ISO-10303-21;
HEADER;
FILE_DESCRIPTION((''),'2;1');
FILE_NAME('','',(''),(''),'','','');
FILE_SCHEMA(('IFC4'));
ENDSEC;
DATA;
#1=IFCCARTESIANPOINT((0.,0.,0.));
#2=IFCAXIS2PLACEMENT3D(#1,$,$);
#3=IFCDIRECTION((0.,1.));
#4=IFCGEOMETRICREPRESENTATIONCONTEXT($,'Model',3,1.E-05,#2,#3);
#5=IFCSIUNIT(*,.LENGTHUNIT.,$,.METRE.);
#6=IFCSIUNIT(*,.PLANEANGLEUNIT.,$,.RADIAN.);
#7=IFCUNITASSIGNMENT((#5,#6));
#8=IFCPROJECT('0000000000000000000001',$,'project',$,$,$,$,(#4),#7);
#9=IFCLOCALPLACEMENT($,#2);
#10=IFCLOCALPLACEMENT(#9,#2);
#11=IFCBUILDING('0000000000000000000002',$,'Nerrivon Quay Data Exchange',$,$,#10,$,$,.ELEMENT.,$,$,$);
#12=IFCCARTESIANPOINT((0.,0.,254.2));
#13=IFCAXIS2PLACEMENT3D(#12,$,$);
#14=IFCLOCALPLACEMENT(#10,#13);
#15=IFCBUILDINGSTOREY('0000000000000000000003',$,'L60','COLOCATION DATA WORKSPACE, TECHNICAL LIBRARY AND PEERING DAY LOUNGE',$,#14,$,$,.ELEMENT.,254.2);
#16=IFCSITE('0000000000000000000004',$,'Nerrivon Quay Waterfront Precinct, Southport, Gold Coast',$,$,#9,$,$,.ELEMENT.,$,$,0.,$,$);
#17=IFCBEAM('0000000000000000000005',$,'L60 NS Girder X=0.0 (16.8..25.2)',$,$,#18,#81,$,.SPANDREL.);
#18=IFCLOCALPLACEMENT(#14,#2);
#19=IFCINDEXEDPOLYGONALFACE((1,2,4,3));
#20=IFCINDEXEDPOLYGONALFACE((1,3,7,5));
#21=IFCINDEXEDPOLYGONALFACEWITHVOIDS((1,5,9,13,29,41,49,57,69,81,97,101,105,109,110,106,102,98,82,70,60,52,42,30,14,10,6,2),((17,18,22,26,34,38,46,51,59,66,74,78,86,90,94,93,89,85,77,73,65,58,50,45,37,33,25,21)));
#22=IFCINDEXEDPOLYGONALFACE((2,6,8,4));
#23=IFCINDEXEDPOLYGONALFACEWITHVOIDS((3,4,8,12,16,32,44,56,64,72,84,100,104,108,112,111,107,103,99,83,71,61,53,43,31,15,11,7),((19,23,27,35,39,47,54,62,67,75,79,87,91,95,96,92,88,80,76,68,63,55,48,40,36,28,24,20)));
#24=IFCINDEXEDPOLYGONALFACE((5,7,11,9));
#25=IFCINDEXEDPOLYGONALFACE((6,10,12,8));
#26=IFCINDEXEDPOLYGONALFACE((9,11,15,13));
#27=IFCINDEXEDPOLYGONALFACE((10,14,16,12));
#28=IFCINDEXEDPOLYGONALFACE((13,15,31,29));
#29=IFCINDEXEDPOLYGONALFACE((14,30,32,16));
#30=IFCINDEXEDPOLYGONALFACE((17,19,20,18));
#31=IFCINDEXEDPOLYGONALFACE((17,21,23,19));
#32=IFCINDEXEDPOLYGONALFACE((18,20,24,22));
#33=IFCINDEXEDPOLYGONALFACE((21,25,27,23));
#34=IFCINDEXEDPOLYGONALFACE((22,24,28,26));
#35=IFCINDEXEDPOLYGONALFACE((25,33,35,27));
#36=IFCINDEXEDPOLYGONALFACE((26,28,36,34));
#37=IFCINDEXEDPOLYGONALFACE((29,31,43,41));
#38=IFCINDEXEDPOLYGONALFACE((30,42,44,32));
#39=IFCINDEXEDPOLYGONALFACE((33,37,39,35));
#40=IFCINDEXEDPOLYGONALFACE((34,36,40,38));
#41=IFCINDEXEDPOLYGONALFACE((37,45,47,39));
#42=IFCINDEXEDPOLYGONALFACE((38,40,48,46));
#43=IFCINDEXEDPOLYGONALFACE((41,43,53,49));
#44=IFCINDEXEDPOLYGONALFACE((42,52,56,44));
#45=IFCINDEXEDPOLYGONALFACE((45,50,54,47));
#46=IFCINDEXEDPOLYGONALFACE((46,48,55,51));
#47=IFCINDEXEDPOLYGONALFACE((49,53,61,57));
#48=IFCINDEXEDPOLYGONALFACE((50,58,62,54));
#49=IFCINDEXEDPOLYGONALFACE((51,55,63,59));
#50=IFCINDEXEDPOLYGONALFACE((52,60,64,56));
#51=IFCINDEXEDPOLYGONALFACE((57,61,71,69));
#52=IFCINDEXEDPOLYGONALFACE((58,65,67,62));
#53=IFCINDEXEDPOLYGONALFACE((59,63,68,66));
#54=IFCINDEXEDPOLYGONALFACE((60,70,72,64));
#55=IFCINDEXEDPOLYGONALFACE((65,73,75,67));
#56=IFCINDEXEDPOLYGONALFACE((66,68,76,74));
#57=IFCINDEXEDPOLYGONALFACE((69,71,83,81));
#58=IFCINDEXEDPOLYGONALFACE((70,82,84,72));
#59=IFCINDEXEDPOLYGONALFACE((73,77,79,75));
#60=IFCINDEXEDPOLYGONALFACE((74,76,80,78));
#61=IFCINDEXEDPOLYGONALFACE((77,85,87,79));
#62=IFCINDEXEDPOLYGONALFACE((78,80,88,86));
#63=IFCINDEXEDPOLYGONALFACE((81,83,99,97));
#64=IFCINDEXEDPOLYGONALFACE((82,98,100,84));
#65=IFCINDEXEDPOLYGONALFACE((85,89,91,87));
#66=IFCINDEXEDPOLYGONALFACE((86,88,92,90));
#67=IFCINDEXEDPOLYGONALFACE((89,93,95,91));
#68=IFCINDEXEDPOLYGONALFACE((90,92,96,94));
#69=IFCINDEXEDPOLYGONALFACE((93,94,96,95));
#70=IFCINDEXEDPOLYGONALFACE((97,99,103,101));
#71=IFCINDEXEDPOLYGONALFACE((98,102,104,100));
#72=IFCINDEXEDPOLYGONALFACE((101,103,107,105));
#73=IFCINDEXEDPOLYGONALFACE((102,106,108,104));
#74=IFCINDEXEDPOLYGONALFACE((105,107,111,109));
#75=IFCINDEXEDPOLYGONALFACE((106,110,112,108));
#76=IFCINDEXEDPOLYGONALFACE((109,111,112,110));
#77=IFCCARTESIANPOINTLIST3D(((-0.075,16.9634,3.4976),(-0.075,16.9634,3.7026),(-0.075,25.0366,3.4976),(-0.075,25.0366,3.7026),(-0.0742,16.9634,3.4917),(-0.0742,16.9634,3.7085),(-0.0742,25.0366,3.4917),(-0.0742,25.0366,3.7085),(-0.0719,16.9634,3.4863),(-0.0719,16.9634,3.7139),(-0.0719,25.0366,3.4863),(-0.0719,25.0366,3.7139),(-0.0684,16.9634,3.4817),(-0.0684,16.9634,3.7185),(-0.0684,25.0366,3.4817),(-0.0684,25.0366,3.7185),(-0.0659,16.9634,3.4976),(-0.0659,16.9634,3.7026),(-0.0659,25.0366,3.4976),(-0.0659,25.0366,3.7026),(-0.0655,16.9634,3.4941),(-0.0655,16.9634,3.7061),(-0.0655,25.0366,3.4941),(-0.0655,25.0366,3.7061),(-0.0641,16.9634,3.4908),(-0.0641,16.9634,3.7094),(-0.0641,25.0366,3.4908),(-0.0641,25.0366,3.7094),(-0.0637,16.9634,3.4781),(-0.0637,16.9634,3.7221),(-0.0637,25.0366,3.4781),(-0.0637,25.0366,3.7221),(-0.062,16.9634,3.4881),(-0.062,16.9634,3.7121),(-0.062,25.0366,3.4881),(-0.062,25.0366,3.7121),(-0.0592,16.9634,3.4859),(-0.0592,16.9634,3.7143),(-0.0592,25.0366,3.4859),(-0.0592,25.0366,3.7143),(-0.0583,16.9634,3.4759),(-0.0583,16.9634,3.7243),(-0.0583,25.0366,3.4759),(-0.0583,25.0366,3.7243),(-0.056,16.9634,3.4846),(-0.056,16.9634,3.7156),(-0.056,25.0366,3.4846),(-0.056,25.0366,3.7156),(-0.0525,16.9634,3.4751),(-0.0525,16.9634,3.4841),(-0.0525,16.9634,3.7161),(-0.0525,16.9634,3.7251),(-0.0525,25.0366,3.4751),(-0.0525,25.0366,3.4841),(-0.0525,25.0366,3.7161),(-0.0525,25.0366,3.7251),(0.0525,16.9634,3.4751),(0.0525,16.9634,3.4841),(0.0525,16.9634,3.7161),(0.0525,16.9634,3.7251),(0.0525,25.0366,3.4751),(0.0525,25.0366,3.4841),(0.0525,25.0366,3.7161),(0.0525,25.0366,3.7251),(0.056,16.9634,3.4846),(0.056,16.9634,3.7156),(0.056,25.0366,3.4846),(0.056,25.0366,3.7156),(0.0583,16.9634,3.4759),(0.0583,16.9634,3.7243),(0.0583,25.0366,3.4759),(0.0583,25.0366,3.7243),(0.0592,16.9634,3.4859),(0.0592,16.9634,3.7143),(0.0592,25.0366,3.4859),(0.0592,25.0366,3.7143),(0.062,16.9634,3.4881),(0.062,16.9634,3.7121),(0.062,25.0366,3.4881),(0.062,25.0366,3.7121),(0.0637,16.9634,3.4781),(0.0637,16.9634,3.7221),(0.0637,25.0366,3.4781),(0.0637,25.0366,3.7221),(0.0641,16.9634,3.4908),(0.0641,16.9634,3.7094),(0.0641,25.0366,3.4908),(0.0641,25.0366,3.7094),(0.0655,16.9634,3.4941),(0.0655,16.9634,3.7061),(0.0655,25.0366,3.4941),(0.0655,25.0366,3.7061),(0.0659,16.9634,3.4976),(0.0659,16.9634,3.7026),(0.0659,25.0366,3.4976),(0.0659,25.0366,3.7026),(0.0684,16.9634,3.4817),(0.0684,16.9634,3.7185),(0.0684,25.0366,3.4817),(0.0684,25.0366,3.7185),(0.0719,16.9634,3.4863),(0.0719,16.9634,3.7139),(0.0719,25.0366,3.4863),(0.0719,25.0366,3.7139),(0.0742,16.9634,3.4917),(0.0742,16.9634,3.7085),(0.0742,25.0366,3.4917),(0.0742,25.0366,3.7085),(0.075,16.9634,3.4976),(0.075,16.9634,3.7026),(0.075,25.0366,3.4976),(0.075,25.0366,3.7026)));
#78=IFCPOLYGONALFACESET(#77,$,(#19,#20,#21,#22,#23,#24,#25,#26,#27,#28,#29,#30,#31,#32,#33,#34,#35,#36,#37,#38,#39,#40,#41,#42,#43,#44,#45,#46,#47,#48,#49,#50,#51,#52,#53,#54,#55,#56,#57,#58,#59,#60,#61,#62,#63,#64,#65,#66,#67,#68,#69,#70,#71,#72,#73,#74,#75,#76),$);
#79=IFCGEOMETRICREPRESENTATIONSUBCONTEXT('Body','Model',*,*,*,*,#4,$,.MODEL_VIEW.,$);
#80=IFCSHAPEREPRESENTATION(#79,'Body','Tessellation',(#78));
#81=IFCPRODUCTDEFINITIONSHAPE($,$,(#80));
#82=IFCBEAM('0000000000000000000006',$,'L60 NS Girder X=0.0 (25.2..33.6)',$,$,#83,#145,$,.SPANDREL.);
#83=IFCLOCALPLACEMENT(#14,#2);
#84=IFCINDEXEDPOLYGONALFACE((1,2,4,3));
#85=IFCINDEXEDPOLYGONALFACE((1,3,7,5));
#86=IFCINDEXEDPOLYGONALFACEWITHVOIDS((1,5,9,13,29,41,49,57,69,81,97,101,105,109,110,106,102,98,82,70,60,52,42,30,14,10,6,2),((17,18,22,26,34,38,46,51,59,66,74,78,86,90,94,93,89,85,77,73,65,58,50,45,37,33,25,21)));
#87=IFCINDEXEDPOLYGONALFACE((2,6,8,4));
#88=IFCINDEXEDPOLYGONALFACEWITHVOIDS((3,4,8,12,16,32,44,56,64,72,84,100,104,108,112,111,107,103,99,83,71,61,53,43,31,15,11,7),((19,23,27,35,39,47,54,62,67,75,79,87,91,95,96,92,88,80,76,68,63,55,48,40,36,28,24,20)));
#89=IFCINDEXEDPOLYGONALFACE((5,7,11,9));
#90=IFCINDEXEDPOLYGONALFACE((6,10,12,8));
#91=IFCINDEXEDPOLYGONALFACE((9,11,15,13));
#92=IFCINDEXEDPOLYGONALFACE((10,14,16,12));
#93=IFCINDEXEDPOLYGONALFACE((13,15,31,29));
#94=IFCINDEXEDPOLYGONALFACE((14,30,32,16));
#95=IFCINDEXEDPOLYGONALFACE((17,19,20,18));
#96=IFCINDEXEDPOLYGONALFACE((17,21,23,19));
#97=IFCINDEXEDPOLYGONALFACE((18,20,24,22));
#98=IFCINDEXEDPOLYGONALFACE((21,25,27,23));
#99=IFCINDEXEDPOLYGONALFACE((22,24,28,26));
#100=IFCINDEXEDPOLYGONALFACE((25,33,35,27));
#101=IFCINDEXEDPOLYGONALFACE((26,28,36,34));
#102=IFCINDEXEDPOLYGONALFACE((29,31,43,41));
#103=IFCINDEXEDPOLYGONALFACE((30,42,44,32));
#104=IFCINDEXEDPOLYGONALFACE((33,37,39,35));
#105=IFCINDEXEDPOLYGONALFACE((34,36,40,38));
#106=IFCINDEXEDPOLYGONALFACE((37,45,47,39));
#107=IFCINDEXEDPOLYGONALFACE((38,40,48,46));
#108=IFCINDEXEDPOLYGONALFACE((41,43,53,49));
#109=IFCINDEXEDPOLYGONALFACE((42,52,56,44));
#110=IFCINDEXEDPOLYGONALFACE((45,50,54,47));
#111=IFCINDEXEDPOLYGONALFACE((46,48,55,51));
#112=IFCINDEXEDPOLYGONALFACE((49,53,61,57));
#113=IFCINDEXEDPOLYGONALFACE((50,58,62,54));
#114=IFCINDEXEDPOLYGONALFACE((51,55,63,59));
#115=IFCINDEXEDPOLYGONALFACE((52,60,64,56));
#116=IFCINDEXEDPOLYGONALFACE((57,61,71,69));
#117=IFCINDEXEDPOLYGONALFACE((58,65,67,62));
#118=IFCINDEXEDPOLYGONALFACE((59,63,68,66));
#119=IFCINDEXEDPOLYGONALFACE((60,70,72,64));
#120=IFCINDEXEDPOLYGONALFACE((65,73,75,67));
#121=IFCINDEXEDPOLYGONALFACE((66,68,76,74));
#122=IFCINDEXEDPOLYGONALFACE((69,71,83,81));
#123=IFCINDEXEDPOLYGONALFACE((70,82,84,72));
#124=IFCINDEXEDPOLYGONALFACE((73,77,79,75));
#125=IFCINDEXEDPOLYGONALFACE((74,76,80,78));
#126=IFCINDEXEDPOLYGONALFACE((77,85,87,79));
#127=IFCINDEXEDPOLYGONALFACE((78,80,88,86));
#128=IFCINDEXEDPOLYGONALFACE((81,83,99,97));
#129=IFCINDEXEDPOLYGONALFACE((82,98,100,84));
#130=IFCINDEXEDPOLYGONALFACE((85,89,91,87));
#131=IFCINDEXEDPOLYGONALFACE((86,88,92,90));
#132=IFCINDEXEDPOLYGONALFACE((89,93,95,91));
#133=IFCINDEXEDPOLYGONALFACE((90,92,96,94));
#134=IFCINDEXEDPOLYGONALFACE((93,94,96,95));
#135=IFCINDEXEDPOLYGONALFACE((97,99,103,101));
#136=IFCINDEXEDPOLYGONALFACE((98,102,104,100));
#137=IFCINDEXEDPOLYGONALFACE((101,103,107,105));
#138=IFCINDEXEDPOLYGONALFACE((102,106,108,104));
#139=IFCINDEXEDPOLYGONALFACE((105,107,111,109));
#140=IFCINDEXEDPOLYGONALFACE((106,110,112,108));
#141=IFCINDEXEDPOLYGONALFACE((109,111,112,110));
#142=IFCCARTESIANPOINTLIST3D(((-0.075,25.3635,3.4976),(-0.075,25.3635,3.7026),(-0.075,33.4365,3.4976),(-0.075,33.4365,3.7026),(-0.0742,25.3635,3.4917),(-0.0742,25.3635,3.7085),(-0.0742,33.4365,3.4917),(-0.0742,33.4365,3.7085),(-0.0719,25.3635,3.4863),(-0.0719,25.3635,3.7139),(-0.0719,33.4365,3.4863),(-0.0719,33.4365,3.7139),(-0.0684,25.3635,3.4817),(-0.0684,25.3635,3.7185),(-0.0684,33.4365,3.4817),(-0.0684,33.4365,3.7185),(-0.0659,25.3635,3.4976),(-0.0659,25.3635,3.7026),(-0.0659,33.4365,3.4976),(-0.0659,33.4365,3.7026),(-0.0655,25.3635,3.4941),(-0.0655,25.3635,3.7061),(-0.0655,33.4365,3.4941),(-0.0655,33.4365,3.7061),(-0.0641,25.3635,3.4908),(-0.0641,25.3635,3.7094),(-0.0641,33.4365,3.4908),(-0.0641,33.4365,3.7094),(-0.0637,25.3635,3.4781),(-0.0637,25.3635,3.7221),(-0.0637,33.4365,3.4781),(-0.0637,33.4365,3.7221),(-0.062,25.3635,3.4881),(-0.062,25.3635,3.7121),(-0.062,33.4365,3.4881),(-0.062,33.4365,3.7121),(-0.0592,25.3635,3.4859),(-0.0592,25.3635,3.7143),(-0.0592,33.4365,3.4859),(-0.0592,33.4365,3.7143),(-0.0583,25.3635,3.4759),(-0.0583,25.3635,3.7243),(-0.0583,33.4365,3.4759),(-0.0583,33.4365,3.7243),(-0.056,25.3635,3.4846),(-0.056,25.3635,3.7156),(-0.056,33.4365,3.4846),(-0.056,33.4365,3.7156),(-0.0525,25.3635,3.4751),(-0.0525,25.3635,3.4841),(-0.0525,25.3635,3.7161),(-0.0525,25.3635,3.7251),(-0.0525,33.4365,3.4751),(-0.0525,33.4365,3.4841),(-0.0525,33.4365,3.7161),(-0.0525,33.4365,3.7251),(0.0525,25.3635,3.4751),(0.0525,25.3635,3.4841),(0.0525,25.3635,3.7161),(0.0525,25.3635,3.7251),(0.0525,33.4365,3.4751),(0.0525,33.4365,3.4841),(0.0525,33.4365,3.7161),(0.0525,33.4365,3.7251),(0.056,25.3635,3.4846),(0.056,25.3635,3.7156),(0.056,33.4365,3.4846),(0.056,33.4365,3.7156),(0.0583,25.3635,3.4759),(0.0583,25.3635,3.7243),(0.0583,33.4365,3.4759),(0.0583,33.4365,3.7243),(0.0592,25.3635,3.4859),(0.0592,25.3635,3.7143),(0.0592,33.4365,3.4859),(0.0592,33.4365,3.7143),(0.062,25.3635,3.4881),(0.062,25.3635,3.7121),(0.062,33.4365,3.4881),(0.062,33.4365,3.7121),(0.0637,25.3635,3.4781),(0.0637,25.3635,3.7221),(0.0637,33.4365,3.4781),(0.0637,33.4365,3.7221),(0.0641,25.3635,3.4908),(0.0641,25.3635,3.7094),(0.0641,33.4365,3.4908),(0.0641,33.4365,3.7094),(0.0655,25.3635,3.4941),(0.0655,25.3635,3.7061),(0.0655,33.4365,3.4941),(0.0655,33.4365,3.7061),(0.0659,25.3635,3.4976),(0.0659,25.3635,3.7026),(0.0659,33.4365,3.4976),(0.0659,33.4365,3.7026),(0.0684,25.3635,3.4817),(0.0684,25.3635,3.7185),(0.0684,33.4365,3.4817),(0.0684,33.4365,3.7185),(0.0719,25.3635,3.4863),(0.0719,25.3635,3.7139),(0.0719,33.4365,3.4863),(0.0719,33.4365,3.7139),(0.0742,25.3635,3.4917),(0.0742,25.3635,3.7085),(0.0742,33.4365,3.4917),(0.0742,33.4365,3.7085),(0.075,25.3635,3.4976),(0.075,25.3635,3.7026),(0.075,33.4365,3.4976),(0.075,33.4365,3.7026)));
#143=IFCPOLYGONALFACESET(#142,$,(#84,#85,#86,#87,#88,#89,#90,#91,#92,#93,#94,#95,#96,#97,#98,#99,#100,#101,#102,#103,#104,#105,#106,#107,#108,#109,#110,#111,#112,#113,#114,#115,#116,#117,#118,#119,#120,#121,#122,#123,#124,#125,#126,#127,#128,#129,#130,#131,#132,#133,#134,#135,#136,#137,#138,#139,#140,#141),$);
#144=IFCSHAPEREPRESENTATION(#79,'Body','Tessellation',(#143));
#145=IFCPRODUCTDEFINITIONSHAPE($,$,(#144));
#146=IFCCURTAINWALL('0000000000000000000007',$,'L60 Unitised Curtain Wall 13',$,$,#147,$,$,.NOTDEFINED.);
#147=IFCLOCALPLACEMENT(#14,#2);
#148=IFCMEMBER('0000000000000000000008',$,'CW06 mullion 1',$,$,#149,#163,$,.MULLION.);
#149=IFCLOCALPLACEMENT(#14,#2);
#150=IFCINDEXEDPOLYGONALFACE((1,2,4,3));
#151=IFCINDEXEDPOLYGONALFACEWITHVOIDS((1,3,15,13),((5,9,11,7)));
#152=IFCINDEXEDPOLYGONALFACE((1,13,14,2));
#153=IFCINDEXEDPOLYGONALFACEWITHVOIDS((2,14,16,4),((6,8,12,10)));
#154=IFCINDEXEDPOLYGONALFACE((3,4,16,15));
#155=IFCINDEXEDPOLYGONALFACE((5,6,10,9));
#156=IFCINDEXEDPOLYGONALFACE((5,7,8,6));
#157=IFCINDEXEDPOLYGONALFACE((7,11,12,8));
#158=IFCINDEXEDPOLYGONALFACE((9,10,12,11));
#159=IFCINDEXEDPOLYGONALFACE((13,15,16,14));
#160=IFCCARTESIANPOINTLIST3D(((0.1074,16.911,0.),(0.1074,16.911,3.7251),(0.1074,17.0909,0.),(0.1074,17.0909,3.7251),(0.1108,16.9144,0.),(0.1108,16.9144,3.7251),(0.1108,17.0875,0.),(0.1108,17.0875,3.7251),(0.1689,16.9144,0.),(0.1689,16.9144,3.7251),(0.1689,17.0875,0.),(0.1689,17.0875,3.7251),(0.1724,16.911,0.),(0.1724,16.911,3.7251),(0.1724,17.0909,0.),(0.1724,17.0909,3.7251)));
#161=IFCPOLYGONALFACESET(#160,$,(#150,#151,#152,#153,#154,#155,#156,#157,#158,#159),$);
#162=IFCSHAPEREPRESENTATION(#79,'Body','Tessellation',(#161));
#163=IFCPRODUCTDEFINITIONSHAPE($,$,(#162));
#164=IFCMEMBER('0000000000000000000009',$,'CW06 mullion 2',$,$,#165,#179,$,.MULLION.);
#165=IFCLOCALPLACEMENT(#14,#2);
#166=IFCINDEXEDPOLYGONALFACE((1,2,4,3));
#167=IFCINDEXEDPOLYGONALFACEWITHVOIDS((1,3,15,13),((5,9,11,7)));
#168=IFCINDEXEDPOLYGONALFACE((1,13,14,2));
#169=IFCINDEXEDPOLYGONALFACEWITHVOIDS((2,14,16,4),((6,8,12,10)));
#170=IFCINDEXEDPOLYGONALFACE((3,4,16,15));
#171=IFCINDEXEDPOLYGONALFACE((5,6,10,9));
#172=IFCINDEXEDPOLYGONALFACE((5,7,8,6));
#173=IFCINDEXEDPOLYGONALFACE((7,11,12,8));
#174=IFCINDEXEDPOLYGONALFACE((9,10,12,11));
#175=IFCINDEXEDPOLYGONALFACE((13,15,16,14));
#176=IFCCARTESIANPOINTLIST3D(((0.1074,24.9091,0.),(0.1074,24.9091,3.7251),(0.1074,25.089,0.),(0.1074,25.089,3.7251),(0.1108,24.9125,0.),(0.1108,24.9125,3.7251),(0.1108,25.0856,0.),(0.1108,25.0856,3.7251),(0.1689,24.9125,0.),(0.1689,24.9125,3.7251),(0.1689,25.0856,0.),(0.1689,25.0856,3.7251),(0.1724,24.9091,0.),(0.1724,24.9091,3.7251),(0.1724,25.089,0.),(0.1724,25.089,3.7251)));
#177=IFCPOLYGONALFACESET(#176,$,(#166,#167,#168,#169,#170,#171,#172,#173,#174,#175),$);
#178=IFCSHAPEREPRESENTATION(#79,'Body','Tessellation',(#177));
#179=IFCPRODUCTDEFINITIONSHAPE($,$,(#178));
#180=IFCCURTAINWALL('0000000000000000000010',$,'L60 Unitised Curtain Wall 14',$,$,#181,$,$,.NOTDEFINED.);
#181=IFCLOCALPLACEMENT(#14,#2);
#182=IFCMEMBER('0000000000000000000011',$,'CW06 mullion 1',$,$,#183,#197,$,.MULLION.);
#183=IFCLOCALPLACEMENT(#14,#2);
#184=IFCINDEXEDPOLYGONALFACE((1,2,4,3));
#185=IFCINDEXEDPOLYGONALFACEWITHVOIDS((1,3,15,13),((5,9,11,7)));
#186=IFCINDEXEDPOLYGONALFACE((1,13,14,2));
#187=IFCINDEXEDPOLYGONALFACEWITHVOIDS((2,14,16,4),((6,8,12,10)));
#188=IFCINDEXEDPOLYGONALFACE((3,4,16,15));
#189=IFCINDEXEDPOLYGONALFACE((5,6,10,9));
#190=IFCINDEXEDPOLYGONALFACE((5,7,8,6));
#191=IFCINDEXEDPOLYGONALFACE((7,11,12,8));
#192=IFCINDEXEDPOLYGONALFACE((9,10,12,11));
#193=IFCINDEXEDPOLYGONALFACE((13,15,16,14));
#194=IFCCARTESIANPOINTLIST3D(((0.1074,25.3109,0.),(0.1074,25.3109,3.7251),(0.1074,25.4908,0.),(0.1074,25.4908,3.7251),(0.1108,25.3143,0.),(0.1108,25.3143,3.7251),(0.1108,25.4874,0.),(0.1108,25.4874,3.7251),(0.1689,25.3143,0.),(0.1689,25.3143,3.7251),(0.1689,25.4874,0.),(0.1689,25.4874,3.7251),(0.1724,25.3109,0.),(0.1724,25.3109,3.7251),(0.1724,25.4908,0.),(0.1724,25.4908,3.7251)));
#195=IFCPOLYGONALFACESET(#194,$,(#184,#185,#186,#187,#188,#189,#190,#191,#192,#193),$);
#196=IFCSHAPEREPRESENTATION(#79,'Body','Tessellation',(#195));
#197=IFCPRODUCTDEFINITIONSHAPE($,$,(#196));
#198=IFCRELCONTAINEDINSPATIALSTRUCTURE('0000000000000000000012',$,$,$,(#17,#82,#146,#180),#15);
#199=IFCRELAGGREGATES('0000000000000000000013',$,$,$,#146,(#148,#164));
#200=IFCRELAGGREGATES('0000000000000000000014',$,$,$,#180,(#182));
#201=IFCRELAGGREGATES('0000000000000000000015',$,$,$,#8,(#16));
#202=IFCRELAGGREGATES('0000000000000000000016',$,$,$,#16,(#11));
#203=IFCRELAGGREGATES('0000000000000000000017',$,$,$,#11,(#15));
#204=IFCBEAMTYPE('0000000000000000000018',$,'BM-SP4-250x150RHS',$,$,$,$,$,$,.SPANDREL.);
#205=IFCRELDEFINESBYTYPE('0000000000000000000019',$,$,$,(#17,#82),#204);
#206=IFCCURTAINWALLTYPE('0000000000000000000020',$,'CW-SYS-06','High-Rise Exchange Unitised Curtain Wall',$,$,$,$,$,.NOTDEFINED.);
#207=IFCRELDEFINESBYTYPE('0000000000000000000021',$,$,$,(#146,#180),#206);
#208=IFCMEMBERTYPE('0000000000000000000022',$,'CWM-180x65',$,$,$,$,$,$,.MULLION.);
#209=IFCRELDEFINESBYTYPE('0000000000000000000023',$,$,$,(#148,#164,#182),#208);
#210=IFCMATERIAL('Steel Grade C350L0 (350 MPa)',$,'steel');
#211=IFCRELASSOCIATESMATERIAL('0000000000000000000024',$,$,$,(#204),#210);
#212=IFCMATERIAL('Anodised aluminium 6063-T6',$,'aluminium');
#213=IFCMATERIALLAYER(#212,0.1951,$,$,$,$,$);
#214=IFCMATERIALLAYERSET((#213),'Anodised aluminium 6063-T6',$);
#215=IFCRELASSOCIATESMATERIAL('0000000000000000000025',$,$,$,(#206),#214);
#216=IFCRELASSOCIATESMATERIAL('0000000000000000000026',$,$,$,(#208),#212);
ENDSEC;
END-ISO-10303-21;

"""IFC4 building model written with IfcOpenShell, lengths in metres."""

from ifc_helpers import new_model, si_unit, direction, frame, origin, origin_2d, place, context, subcontext, project, spatial, hollow_rectangle, extrude, material, layer, layer_set, material_profile, profile_set, type_object, element, aggregate, save


model = new_model("IFC4")

# Units and contexts
model_context = context("Model", 3, precision=1e-05, world=origin(), true_north=direction((0.0, 1.0)))
body_context = subcontext(model_context, "Body", "Model", "MODEL_VIEW")
ifc_project = project(units=[si_unit("LENGTHUNIT", "METRE"), si_unit("PLANEANGLEUNIT", "RADIAN")], contexts=[model_context])

# Site, building, storey
site_placement = place(None, origin())
site = spatial("IfcSite", under=ifc_project, at=site_placement, Name="Nerrivon Quay Waterfront Precinct, Southport, Gold Coast", CompositionType="ELEMENT", RefElevation=0.0)
building_placement = place(site_placement, origin())
building = spatial("IfcBuilding", under=site, at=building_placement, Name="Nerrivon Quay Data Exchange", CompositionType="ELEMENT")
storey_placement = place(building_placement, frame((0.0, 0.0, 254.2)))
storey = spatial("IfcBuildingStorey", under=building, at=storey_placement, Name="L60", Description="COLOCATION DATA WORKSPACE, TECHNICAL LIBRARY AND PEERING DAY LOUNGE", CompositionType="ELEMENT", Elevation=254.2)

# Beams
ifc_material_1 = material(Name="Steel Grade C350L0 (350 MPa)", Category="steel")
ifc_material_profile_1 = material_profile(ifc_material_1, hollow_rectangle(XDim=0.1499, YDim=0.25, WallThickness=0.009, InnerFilletRadius=0.0134, OuterFilletRadius=0.0225, at=origin_2d()), Name="250x150x9.0RHS")
ifc_profile_set_1 = profile_set([ifc_material_profile_1], Name="Steel Grade C350L0 (350 MPa)")
beam_type_1 = type_object("IfcBeamType", Name="BM-SP4-250x150RHS", PredefinedType="SPANDREL", material=ifc_profile_set_1)
beam_1_placement = place(storey_placement, frame((0.0, 16.9634, 3.6001), z_axis=(0.0, 1.0, 0.0), x_axis=(-1.0, 0.0, 0.0)))
element("IfcBeam", 1, at=beam_1_placement, inside=storey, type_object=beam_type_1, Name="L60 NS Girder X=0.0 (16.8..25.2)", PredefinedType="SPANDREL", context=body_context, shape_type="SweptSolid", body=[
    extrude(hollow_rectangle(XDim=0.1499, YDim=0.25, WallThickness=0.009, InnerFilletRadius=0.0134, OuterFilletRadius=0.0225, at=origin_2d()), origin(), (0.0, 0.0, 1.0), 8.0732),
])
beam_2_placement = place(storey_placement, frame((0.0, 25.3635, 3.6001), z_axis=(0.0, 1.0, 0.0), x_axis=(-1.0, 0.0, 0.0)))
element("IfcBeam", 2, at=beam_2_placement, inside=storey, type_object=beam_type_1, Name="L60 NS Girder X=0.0 (25.2..33.6)", PredefinedType="SPANDREL", context=body_context, shape_type="SweptSolid", body=[
    extrude(hollow_rectangle(XDim=0.1499, YDim=0.25, WallThickness=0.009, InnerFilletRadius=0.0134, OuterFilletRadius=0.0225, at=origin_2d()), origin(), (0.0, 0.0, 1.0), 8.073),
])

# Curtain wall, members
ifc_material_2 = material(Name="Anodised aluminium 6063-T6", Category="aluminium")
ifc_layer_1 = layer(ifc_material_2, 0.1951)
ifc_layer_set_1 = layer_set([ifc_layer_1], Name="Anodised aluminium 6063-T6")
curtain_wall_type = type_object("IfcCurtainWallType", Name="CW-SYS-06", Description="High-Rise Exchange Unitised Curtain Wall", PredefinedType="NOTDEFINED", material=ifc_layer_set_1)
curtain_wall_1_placement = place(storey_placement, origin())
curtain_wall_1 = element("IfcCurtainWall", 3, at=curtain_wall_1_placement, inside=storey, type_object=curtain_wall_type, Name="L60 Unitised Curtain Wall 13", PredefinedType="NOTDEFINED")
ifc_material_profile_2 = material_profile(ifc_material_2, hollow_rectangle(XDim=0.0649, YDim=0.1799, WallThickness=0.0034, at=origin_2d()), Name="ALU-MULL-180x65")
ifc_profile_set_2 = profile_set([ifc_material_profile_2], Name="Anodised aluminium 6063-T6")
member_type_1 = type_object("IfcMemberType", Name="CWM-180x65", PredefinedType="MULLION", material=ifc_profile_set_2)
member_1_placement = place(storey_placement, frame((0.1399, 17.001, 0.0), z_axis=(0.0, 0.0, 1.0), x_axis=(-1.0, 0.0, 0.0)))
member_1 = element("IfcMember", 4, at=member_1_placement, type_object=member_type_1, Name="CW06 mullion 1", PredefinedType="MULLION", context=body_context, shape_type="SweptSolid", body=[
    extrude(hollow_rectangle(XDim=0.0649, YDim=0.1799, WallThickness=0.0034, at=origin_2d()), origin(), (0.0, 0.0, 1.0), 3.7251),
])
member_2_placement = place(storey_placement, frame((0.1399, 24.999, 0.0), z_axis=(0.0, 0.0, 1.0), x_axis=(-1.0, 0.0, 0.0)))
member_2 = element("IfcMember", 5, at=member_2_placement, type_object=member_type_1, Name="CW06 mullion 2", PredefinedType="MULLION", context=body_context, shape_type="SweptSolid", body=[
    extrude(hollow_rectangle(XDim=0.0649, YDim=0.1799, WallThickness=0.0034, at=origin_2d()), origin(), (0.0, 0.0, 1.0), 3.7251),
])

# Curtain wall, member
curtain_wall_2_placement = place(storey_placement, origin())
curtain_wall_2 = element("IfcCurtainWall", 6, at=curtain_wall_2_placement, inside=storey, type_object=curtain_wall_type, Name="L60 Unitised Curtain Wall 14", PredefinedType="NOTDEFINED")
member_3_placement = place(storey_placement, frame((0.1399, 25.4009, 0.0), z_axis=(0.0, 0.0, 1.0), x_axis=(-1.0, 0.0, 0.0)))
member_3 = element("IfcMember", 7, at=member_3_placement, type_object=member_type_1, Name="CW06 mullion 1", PredefinedType="MULLION", context=body_context, shape_type="SweptSolid", body=[
    extrude(hollow_rectangle(XDim=0.0649, YDim=0.1799, WallThickness=0.0034, at=origin_2d()), origin(), (0.0, 0.0, 1.0), 3.7251),
])

aggregate(curtain_wall_1, [member_1, member_2])
aggregate(curtain_wall_2, [member_3])

save(model, "model.ifc")
